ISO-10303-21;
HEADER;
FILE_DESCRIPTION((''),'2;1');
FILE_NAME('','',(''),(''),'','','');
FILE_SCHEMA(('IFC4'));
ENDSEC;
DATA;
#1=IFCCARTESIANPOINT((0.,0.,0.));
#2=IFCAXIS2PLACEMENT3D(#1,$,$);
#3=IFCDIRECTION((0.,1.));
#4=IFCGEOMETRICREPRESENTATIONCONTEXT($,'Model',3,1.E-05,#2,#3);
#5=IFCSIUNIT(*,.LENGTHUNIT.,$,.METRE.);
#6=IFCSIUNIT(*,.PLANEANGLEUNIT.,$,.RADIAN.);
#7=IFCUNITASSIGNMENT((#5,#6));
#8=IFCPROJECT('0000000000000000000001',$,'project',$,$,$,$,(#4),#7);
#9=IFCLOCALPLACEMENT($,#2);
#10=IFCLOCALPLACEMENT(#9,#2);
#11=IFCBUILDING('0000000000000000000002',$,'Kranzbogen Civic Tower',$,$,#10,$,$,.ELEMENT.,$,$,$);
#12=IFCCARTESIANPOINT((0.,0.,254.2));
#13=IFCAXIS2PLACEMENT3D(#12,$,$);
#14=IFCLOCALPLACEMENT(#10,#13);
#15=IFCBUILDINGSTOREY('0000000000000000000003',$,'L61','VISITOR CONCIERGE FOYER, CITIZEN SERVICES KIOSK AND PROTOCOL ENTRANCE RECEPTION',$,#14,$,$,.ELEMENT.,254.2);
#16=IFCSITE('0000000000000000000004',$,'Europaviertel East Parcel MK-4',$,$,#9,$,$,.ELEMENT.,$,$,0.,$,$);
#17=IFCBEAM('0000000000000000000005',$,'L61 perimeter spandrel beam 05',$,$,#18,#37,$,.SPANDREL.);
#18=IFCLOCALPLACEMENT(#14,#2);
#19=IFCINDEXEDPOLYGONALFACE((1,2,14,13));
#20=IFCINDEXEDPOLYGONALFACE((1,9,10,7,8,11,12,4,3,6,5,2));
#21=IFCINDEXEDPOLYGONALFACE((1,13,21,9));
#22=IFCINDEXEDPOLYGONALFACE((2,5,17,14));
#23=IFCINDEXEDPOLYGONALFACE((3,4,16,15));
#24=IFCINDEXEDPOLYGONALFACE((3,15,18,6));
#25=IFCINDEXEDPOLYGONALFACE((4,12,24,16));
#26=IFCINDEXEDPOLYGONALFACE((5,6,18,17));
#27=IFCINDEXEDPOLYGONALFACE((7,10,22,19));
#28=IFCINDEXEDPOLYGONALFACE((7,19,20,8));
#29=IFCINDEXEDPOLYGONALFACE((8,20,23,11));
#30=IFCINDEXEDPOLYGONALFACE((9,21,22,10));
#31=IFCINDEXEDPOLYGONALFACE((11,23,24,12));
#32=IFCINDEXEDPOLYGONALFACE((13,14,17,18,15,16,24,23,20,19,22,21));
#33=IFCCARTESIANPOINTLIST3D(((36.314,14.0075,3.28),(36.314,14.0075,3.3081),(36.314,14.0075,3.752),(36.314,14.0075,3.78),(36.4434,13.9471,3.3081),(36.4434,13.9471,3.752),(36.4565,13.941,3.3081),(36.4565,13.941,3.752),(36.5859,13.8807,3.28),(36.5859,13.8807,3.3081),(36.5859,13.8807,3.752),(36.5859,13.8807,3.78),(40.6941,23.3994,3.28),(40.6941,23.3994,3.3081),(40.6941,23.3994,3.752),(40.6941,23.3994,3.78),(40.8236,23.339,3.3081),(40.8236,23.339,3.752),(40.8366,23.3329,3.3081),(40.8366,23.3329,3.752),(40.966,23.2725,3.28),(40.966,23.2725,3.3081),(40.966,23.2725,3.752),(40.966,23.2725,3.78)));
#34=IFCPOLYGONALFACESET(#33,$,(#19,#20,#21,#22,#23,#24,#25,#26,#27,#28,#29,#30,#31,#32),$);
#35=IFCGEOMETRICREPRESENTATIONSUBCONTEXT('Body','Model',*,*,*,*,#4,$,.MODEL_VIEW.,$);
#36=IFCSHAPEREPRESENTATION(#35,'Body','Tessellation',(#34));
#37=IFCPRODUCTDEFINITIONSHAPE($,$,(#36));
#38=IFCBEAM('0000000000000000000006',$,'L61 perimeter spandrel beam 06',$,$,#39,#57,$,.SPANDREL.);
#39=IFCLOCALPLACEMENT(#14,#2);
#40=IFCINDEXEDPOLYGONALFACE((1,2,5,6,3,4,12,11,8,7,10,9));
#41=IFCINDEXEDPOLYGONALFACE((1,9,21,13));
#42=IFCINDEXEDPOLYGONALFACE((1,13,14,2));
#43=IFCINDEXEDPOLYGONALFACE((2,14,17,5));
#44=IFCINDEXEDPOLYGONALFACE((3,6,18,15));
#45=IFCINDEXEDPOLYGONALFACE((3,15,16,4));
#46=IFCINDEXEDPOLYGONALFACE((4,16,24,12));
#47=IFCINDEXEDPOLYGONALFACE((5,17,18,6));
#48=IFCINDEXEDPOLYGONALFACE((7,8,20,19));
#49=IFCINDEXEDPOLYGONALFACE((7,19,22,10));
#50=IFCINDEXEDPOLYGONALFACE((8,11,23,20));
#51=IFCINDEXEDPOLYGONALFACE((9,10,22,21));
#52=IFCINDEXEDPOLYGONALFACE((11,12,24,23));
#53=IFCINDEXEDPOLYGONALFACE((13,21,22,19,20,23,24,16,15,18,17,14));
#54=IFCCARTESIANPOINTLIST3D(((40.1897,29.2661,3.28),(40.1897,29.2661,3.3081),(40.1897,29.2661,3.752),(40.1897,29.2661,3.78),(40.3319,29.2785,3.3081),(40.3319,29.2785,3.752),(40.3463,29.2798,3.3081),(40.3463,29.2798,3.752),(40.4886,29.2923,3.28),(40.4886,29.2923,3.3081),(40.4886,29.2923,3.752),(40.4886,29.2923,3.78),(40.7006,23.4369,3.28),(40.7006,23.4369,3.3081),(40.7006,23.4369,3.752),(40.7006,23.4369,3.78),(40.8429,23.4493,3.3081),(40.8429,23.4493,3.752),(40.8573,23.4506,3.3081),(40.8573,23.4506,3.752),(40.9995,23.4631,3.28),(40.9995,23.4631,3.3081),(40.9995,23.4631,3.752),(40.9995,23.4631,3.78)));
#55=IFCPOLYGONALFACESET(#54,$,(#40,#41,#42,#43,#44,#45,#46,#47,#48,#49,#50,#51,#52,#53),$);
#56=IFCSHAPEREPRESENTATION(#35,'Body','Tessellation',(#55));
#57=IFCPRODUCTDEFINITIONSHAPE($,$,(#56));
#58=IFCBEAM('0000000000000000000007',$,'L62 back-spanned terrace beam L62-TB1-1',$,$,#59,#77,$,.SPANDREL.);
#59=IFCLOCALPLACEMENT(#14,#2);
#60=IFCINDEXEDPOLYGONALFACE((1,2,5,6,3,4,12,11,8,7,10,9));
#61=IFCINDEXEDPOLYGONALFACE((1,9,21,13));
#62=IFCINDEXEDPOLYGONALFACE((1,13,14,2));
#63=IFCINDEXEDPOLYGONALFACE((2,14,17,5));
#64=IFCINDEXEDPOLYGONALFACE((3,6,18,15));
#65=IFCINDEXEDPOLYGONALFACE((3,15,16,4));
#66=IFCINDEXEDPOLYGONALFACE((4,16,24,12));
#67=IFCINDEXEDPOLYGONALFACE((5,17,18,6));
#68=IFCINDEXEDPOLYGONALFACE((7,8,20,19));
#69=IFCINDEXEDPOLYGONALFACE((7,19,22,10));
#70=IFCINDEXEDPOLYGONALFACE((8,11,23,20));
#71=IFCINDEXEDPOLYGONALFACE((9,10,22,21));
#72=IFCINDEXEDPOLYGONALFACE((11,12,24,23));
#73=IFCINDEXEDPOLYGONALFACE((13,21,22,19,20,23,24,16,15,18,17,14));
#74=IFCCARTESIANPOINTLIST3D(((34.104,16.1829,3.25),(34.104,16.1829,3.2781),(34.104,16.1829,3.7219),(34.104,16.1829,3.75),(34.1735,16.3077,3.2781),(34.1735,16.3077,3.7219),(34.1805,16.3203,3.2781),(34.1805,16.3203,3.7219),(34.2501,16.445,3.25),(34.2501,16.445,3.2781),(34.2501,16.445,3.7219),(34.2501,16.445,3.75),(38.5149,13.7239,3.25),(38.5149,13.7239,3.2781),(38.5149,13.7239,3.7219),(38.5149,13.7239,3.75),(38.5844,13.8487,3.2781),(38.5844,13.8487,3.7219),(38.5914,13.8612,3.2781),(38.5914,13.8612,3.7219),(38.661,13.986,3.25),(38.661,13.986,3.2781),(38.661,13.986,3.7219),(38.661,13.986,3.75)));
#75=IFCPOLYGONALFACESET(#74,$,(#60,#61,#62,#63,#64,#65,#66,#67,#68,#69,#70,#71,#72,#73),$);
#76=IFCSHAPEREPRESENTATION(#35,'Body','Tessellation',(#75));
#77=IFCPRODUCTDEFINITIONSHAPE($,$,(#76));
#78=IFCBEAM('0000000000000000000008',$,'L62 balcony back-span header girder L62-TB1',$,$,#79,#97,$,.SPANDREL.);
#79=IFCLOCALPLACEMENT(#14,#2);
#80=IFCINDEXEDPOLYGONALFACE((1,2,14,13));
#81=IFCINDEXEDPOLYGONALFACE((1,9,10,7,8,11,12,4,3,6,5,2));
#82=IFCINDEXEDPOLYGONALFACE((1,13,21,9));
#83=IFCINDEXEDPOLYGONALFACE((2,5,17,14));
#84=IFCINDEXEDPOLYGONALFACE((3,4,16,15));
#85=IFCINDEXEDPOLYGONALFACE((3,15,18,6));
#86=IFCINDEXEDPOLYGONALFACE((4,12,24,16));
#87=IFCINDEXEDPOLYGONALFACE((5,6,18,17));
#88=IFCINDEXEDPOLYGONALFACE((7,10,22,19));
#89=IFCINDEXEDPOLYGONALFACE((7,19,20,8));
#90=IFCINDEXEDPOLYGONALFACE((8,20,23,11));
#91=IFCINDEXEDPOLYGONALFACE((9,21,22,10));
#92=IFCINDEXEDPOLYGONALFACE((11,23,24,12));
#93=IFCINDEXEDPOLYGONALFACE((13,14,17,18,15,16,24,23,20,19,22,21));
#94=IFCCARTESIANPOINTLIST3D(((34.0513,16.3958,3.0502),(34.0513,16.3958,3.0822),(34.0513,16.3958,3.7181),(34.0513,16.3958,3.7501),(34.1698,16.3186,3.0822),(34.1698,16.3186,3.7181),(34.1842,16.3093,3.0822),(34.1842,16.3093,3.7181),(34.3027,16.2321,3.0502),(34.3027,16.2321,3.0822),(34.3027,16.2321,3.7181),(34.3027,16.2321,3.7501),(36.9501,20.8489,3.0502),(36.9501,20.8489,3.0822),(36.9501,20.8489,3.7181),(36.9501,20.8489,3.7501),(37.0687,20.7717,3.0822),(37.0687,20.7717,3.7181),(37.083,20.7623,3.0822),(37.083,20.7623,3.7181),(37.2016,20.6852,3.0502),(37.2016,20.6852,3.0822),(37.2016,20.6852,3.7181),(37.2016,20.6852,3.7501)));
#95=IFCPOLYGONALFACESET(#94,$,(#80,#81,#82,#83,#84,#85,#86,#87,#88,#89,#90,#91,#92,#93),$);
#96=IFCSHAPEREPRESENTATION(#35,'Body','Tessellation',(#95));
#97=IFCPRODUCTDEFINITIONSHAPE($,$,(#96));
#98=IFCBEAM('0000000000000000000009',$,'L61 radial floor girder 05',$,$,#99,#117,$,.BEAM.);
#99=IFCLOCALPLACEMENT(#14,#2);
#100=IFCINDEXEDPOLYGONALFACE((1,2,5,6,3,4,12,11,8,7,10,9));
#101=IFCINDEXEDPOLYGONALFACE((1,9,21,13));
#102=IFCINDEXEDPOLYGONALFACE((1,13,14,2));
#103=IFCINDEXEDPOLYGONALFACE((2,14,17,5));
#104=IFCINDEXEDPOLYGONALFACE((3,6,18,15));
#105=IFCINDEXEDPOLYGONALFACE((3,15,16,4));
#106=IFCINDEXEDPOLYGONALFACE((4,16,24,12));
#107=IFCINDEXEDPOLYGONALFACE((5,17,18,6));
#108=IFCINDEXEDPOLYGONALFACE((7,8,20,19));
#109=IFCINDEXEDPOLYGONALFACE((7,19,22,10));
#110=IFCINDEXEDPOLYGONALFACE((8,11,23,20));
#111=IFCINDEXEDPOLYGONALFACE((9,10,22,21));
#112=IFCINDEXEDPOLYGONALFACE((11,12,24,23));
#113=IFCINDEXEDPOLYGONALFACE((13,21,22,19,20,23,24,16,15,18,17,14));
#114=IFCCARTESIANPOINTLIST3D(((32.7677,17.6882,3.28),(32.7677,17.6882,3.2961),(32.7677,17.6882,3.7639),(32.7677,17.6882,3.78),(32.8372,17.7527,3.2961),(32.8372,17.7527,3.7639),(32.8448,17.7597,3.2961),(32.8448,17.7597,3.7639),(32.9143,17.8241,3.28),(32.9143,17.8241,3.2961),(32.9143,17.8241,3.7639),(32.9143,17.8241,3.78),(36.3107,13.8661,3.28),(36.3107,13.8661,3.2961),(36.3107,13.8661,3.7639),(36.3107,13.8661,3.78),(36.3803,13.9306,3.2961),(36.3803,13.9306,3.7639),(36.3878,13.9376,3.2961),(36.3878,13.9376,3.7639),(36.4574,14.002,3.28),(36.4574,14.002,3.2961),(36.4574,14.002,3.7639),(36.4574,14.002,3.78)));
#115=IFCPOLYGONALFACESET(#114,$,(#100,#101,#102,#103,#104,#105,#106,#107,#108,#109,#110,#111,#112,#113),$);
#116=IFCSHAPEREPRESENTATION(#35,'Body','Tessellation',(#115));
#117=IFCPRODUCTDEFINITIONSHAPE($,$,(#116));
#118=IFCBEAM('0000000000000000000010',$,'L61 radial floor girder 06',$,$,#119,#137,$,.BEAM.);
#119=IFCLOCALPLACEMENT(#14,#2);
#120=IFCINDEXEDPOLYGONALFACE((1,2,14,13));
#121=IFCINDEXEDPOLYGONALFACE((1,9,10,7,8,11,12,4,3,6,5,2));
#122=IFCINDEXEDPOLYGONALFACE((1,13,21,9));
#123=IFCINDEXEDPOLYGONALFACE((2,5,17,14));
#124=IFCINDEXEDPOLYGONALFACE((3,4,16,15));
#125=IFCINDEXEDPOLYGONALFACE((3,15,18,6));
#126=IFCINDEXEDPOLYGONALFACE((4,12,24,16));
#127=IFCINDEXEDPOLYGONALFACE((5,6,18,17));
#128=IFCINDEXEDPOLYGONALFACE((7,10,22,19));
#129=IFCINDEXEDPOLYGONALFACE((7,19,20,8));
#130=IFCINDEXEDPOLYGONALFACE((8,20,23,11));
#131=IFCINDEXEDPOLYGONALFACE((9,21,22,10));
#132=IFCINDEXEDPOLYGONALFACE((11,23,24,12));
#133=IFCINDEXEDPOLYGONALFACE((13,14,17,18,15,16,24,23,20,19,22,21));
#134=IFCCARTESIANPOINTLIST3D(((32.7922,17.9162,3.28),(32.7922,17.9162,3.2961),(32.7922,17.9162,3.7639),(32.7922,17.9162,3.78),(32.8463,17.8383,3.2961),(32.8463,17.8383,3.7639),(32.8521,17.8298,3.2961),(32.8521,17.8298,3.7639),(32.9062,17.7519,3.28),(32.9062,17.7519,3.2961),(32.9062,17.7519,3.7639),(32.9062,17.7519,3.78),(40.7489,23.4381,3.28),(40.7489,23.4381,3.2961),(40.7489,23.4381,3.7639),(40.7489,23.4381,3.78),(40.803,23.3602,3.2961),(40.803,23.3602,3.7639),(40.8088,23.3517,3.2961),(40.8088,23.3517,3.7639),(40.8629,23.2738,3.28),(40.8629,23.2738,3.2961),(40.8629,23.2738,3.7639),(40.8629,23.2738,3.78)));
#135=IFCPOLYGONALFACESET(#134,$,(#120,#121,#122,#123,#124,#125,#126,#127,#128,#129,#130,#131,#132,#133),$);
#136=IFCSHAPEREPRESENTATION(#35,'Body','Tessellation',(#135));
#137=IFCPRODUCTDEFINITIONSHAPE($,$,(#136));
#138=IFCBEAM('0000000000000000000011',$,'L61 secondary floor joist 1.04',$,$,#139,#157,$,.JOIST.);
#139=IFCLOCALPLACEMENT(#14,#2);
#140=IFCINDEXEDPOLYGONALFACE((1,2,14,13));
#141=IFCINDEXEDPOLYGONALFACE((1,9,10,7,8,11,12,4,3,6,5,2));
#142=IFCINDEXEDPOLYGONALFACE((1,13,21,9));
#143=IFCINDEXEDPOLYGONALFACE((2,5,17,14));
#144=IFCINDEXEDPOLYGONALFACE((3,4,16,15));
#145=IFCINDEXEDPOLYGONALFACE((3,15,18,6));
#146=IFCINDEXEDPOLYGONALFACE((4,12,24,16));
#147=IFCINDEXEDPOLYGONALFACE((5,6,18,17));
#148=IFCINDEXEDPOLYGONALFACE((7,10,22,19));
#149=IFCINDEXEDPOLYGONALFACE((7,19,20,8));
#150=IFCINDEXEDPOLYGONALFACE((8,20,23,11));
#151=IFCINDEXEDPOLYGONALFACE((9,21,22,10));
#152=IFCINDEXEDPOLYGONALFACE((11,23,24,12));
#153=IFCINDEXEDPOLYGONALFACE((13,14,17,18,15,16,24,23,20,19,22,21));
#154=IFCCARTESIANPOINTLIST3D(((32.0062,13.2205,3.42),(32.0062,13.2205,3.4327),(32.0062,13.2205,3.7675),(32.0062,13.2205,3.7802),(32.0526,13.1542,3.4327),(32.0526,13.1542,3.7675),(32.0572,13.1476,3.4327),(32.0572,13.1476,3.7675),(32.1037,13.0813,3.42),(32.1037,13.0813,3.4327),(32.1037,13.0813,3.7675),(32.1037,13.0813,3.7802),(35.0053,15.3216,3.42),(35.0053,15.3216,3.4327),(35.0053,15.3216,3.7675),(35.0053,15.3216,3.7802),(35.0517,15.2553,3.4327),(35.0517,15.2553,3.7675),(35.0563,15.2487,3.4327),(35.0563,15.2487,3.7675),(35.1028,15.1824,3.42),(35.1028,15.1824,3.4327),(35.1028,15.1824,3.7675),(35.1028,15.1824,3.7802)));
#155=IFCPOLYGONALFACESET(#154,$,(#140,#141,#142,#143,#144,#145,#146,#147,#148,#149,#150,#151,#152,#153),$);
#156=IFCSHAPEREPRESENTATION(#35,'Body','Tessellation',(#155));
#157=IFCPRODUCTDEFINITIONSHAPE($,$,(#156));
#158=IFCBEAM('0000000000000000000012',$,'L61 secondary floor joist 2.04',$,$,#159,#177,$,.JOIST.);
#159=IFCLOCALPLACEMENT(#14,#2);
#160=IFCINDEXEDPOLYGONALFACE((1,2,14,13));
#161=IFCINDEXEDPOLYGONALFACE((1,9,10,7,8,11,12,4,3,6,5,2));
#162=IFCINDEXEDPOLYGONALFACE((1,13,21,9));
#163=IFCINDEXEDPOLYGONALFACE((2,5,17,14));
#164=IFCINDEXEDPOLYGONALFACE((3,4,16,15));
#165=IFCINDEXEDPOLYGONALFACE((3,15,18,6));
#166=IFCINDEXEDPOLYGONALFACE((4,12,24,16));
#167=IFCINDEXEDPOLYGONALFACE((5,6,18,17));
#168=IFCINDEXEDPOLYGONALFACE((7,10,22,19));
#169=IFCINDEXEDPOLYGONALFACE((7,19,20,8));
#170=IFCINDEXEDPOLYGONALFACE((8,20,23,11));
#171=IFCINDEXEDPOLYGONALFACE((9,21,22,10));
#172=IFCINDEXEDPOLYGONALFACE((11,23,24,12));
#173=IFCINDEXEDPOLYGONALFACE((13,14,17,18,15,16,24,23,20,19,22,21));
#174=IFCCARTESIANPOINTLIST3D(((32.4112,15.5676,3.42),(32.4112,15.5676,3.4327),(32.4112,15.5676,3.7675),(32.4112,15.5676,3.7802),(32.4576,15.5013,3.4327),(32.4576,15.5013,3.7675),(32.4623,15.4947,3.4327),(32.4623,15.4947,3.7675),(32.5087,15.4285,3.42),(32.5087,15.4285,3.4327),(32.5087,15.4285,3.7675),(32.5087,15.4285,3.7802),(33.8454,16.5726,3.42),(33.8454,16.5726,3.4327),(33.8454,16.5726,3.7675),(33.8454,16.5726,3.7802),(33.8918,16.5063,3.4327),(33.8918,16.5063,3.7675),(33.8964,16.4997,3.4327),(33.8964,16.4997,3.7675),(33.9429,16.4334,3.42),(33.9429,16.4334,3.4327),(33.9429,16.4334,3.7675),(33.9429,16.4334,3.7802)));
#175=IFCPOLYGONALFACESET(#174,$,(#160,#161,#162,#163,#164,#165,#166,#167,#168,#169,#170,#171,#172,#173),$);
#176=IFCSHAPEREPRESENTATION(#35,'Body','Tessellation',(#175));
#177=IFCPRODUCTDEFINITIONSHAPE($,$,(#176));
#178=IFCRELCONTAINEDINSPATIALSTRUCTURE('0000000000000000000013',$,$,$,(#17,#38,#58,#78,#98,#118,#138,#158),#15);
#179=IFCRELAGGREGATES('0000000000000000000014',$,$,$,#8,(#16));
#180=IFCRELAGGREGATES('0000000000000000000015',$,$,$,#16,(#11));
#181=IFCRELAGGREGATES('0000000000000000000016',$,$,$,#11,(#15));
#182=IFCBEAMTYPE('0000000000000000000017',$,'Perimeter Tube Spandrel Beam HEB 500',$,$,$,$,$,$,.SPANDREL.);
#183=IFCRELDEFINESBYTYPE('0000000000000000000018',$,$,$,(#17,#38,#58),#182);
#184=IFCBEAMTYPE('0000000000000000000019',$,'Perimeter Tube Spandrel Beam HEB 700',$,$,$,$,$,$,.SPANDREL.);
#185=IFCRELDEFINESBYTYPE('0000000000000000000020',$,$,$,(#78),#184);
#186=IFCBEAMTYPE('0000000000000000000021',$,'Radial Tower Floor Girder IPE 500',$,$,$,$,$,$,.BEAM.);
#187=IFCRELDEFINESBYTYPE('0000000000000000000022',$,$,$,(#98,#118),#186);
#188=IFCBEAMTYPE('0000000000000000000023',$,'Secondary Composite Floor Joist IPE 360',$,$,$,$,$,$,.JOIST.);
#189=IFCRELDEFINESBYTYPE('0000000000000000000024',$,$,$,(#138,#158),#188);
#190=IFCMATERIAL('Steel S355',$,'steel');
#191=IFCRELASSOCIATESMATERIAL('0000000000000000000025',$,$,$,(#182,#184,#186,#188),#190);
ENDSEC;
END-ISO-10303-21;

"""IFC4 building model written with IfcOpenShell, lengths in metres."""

from ifc_helpers import new_model, si_unit, direction, frame, origin, origin_2d, place, context, subcontext, project, spatial, i_section, extrude, material, material_profile, profile_set, type_object, element, save


model = new_model("IFC4")

# Units and contexts
model_context = context("Model", 3, precision=1e-05, world=origin(), true_north=direction((0.0, 1.0)))
body_context = subcontext(model_context, "Body", "Model", "MODEL_VIEW")
ifc_project = project(units=[si_unit("LENGTHUNIT", "METRE"), si_unit("PLANEANGLEUNIT", "RADIAN")], contexts=[model_context])

# Site, building, storey
site_placement = place(None, origin())
site = spatial("IfcSite", under=ifc_project, at=site_placement, Name="Europaviertel East Parcel MK-4", CompositionType="ELEMENT", RefElevation=0.0)
building_placement = place(site_placement, origin())
building = spatial("IfcBuilding", under=site, at=building_placement, Name="Kranzbogen Civic Tower", CompositionType="ELEMENT")
storey_placement = place(building_placement, frame((0.0, 0.0, 254.2)))
storey = spatial("IfcBuildingStorey", under=building, at=storey_placement, Name="L61", Description="VISITOR CONCIERGE FOYER, CITIZEN SERVICES KIOSK AND PROTOCOL ENTRANCE RECEPTION", CompositionType="ELEMENT", Elevation=254.2)

# Shared definitions
ifc_material_1 = material(Name="Steel S355", Category="steel")

# Beams
ifc_material_profile_1 = material_profile(ifc_material_1, i_section(OverallWidth=0.3, OverallDepth=0.5, WebThickness=0.0144, FlangeThickness=0.0281, at=origin_2d()), Name="HEB 500")
ifc_profile_set_1 = profile_set([ifc_material_profile_1], Name="Steel S355")
beam_type_1 = type_object("IfcBeamType", Name="Perimeter Tube Spandrel Beam HEB 500", PredefinedType="SPANDREL", material=ifc_profile_set_1)
beam_1_placement = place(storey_placement, frame((36.45, 13.9441, 3.53), z_axis=(0.422669, 0.906284, 0.0), x_axis=(-0.906284, 0.422669, 0.0)))
element("IfcBeam", 1, at=beam_1_placement, inside=storey, type_object=beam_type_1, Name="L61 perimeter spandrel beam 05", PredefinedType="SPANDREL", context=body_context, shape_type="SweptSolid", body=[
    extrude(i_section(OverallWidth=0.3, OverallDepth=0.5, WebThickness=0.0144, FlangeThickness=0.0281, at=origin_2d()), origin(), (0.0, 0.0, 1.0), 10.363),
])
beam_2_placement = place(storey_placement, frame((40.8501, 23.45, 3.53), z_axis=(-0.087326, 0.99618, 0.0), x_axis=(-0.99618, -0.087326, 0.0)))
element("IfcBeam", 2, at=beam_2_placement, inside=storey, type_object=beam_type_1, Name="L61 perimeter spandrel beam 06", PredefinedType="SPANDREL", context=body_context, shape_type="SweptSolid", body=[
    extrude(i_section(OverallWidth=0.3, OverallDepth=0.5, WebThickness=0.0144, FlangeThickness=0.0281, at=origin_2d()), origin(), (0.0, 0.0, 1.0), 5.8516),
])
beam_3_placement = place(storey_placement, frame((34.177, 16.314, 3.5), z_axis=(0.873443, -0.486927, 0.0), x_axis=(0.486927, 0.873443, 0.0)))
element("IfcBeam", 3, at=beam_3_placement, inside=storey, type_object=beam_type_1, Name="L62 back-spanned terrace beam L62-TB1-1", PredefinedType="SPANDREL", context=body_context, shape_type="SweptSolid", body=[
    extrude(i_section(OverallWidth=0.3, OverallDepth=0.5, WebThickness=0.0144, FlangeThickness=0.0281, at=origin_2d()), origin(), (0.0, 0.0, 1.0), 5.05),
])
ifc_material_profile_2 = material_profile(ifc_material_1, i_section(OverallWidth=0.3, OverallDepth=0.7, WebThickness=0.0171, FlangeThickness=0.032, at=origin_2d()), Name="HEB 700")
ifc_profile_set_2 = profile_set([ifc_material_profile_2], Name="Steel S355")
beam_type_2 = type_object("IfcBeamType", Name="Perimeter Tube Spandrel Beam HEB 700", PredefinedType="SPANDREL", material=ifc_profile_set_2)
beam_4_placement = place(storey_placement, frame((34.177, 16.314, 3.4001), z_axis=(0.54557, 0.838066, 0.0), x_axis=(-0.838066, 0.54557, 0.0)))
element("IfcBeam", 4, at=beam_4_placement, inside=storey, type_object=beam_type_2, Name="L62 balcony back-span header girder L62-TB1", PredefinedType="SPANDREL", context=body_context, shape_type="SweptSolid", body=[
    extrude(i_section(OverallWidth=0.3, OverallDepth=0.7, WebThickness=0.0171, FlangeThickness=0.032, at=origin_2d()), origin(), (0.0, 0.0, 1.0), 5.3135),
])
ifc_material_profile_3 = material_profile(ifc_material_1, i_section(OverallWidth=0.2, OverallDepth=0.5, WebThickness=0.0103, FlangeThickness=0.0161, at=origin_2d()), Name="IPE 500")
ifc_profile_set_3 = profile_set([ifc_material_profile_3], Name="Steel S355")
beam_type_3 = type_object("IfcBeamType", Name="Radial Tower Floor Girder IPE 500", PredefinedType="BEAM", material=ifc_profile_set_3)
beam_5_placement = place(storey_placement, frame((36.384, 13.9341, 3.53), z_axis=(-0.679827, 0.733372, 0.0), x_axis=(-0.733372, -0.679827, 0.0)))
element("IfcBeam", 5, at=beam_5_placement, inside=storey, type_object=beam_type_3, Name="L61 radial floor girder 05", PredefinedType="BEAM", context=body_context, shape_type="SweptSolid", body=[
    extrude(i_section(OverallWidth=0.2, OverallDepth=0.5, WebThickness=0.0103, FlangeThickness=0.0161, at=origin_2d()), origin(), (0.0, 0.0, 1.0), 5.2117),
])
beam_6_placement = place(storey_placement, frame((40.8059, 23.356, 3.53), z_axis=(-0.821543, -0.570147, 0.0), x_axis=(0.570147, -0.821543, 0.0)))
element("IfcBeam", 6, at=beam_6_placement, inside=storey, type_object=beam_type_3, Name="L61 radial floor girder 06", PredefinedType="BEAM", context=body_context, shape_type="SweptSolid", body=[
    extrude(i_section(OverallWidth=0.2, OverallDepth=0.5, WebThickness=0.0103, FlangeThickness=0.0161, at=origin_2d()), origin(), (0.0, 0.0, 1.0), 9.6851),
])
ifc_material_profile_4 = material_profile(ifc_material_1, i_section(OverallWidth=0.1699, OverallDepth=0.3601, WebThickness=0.0081, FlangeThickness=0.0127, at=origin_2d()), Name="IPE 360")
ifc_profile_set_4 = profile_set([ifc_material_profile_4], Name="Steel S355")
beam_type_4 = type_object("IfcBeamType", Name="Secondary Composite Floor Joist IPE 360", PredefinedType="JOIST", material=ifc_profile_set_4)
beam_7_placement = place(storey_placement, frame((32.0549, 13.1509, 3.6001), z_axis=(0.819006, 0.573784, 0.0), x_axis=(-0.573784, 0.819006, 0.0)))
element("IfcBeam", 7, at=beam_7_placement, inside=storey, type_object=beam_type_4, Name="L61 secondary floor joist 1.04", PredefinedType="JOIST", context=body_context, shape_type="SweptSolid", body=[
    extrude(i_section(OverallWidth=0.1699, OverallDepth=0.3601, WebThickness=0.0081, FlangeThickness=0.0127, at=origin_2d()), origin(), (0.0, 0.0, 1.0), 3.6619),
])
beam_8_placement = place(storey_placement, frame((32.46, 15.498, 3.6001), z_axis=(0.818957, 0.573855, 0.0), x_axis=(-0.573855, 0.818957, 0.0)))
element("IfcBeam", 8, at=beam_8_placement, inside=storey, type_object=beam_type_4, Name="L61 secondary floor joist 2.04", PredefinedType="JOIST", context=body_context, shape_type="SweptSolid", body=[
    extrude(i_section(OverallWidth=0.1699, OverallDepth=0.3601, WebThickness=0.0081, FlangeThickness=0.0127, at=origin_2d()), origin(), (0.0, 0.0, 1.0), 1.7512),
])

save(model, "model.ifc")
